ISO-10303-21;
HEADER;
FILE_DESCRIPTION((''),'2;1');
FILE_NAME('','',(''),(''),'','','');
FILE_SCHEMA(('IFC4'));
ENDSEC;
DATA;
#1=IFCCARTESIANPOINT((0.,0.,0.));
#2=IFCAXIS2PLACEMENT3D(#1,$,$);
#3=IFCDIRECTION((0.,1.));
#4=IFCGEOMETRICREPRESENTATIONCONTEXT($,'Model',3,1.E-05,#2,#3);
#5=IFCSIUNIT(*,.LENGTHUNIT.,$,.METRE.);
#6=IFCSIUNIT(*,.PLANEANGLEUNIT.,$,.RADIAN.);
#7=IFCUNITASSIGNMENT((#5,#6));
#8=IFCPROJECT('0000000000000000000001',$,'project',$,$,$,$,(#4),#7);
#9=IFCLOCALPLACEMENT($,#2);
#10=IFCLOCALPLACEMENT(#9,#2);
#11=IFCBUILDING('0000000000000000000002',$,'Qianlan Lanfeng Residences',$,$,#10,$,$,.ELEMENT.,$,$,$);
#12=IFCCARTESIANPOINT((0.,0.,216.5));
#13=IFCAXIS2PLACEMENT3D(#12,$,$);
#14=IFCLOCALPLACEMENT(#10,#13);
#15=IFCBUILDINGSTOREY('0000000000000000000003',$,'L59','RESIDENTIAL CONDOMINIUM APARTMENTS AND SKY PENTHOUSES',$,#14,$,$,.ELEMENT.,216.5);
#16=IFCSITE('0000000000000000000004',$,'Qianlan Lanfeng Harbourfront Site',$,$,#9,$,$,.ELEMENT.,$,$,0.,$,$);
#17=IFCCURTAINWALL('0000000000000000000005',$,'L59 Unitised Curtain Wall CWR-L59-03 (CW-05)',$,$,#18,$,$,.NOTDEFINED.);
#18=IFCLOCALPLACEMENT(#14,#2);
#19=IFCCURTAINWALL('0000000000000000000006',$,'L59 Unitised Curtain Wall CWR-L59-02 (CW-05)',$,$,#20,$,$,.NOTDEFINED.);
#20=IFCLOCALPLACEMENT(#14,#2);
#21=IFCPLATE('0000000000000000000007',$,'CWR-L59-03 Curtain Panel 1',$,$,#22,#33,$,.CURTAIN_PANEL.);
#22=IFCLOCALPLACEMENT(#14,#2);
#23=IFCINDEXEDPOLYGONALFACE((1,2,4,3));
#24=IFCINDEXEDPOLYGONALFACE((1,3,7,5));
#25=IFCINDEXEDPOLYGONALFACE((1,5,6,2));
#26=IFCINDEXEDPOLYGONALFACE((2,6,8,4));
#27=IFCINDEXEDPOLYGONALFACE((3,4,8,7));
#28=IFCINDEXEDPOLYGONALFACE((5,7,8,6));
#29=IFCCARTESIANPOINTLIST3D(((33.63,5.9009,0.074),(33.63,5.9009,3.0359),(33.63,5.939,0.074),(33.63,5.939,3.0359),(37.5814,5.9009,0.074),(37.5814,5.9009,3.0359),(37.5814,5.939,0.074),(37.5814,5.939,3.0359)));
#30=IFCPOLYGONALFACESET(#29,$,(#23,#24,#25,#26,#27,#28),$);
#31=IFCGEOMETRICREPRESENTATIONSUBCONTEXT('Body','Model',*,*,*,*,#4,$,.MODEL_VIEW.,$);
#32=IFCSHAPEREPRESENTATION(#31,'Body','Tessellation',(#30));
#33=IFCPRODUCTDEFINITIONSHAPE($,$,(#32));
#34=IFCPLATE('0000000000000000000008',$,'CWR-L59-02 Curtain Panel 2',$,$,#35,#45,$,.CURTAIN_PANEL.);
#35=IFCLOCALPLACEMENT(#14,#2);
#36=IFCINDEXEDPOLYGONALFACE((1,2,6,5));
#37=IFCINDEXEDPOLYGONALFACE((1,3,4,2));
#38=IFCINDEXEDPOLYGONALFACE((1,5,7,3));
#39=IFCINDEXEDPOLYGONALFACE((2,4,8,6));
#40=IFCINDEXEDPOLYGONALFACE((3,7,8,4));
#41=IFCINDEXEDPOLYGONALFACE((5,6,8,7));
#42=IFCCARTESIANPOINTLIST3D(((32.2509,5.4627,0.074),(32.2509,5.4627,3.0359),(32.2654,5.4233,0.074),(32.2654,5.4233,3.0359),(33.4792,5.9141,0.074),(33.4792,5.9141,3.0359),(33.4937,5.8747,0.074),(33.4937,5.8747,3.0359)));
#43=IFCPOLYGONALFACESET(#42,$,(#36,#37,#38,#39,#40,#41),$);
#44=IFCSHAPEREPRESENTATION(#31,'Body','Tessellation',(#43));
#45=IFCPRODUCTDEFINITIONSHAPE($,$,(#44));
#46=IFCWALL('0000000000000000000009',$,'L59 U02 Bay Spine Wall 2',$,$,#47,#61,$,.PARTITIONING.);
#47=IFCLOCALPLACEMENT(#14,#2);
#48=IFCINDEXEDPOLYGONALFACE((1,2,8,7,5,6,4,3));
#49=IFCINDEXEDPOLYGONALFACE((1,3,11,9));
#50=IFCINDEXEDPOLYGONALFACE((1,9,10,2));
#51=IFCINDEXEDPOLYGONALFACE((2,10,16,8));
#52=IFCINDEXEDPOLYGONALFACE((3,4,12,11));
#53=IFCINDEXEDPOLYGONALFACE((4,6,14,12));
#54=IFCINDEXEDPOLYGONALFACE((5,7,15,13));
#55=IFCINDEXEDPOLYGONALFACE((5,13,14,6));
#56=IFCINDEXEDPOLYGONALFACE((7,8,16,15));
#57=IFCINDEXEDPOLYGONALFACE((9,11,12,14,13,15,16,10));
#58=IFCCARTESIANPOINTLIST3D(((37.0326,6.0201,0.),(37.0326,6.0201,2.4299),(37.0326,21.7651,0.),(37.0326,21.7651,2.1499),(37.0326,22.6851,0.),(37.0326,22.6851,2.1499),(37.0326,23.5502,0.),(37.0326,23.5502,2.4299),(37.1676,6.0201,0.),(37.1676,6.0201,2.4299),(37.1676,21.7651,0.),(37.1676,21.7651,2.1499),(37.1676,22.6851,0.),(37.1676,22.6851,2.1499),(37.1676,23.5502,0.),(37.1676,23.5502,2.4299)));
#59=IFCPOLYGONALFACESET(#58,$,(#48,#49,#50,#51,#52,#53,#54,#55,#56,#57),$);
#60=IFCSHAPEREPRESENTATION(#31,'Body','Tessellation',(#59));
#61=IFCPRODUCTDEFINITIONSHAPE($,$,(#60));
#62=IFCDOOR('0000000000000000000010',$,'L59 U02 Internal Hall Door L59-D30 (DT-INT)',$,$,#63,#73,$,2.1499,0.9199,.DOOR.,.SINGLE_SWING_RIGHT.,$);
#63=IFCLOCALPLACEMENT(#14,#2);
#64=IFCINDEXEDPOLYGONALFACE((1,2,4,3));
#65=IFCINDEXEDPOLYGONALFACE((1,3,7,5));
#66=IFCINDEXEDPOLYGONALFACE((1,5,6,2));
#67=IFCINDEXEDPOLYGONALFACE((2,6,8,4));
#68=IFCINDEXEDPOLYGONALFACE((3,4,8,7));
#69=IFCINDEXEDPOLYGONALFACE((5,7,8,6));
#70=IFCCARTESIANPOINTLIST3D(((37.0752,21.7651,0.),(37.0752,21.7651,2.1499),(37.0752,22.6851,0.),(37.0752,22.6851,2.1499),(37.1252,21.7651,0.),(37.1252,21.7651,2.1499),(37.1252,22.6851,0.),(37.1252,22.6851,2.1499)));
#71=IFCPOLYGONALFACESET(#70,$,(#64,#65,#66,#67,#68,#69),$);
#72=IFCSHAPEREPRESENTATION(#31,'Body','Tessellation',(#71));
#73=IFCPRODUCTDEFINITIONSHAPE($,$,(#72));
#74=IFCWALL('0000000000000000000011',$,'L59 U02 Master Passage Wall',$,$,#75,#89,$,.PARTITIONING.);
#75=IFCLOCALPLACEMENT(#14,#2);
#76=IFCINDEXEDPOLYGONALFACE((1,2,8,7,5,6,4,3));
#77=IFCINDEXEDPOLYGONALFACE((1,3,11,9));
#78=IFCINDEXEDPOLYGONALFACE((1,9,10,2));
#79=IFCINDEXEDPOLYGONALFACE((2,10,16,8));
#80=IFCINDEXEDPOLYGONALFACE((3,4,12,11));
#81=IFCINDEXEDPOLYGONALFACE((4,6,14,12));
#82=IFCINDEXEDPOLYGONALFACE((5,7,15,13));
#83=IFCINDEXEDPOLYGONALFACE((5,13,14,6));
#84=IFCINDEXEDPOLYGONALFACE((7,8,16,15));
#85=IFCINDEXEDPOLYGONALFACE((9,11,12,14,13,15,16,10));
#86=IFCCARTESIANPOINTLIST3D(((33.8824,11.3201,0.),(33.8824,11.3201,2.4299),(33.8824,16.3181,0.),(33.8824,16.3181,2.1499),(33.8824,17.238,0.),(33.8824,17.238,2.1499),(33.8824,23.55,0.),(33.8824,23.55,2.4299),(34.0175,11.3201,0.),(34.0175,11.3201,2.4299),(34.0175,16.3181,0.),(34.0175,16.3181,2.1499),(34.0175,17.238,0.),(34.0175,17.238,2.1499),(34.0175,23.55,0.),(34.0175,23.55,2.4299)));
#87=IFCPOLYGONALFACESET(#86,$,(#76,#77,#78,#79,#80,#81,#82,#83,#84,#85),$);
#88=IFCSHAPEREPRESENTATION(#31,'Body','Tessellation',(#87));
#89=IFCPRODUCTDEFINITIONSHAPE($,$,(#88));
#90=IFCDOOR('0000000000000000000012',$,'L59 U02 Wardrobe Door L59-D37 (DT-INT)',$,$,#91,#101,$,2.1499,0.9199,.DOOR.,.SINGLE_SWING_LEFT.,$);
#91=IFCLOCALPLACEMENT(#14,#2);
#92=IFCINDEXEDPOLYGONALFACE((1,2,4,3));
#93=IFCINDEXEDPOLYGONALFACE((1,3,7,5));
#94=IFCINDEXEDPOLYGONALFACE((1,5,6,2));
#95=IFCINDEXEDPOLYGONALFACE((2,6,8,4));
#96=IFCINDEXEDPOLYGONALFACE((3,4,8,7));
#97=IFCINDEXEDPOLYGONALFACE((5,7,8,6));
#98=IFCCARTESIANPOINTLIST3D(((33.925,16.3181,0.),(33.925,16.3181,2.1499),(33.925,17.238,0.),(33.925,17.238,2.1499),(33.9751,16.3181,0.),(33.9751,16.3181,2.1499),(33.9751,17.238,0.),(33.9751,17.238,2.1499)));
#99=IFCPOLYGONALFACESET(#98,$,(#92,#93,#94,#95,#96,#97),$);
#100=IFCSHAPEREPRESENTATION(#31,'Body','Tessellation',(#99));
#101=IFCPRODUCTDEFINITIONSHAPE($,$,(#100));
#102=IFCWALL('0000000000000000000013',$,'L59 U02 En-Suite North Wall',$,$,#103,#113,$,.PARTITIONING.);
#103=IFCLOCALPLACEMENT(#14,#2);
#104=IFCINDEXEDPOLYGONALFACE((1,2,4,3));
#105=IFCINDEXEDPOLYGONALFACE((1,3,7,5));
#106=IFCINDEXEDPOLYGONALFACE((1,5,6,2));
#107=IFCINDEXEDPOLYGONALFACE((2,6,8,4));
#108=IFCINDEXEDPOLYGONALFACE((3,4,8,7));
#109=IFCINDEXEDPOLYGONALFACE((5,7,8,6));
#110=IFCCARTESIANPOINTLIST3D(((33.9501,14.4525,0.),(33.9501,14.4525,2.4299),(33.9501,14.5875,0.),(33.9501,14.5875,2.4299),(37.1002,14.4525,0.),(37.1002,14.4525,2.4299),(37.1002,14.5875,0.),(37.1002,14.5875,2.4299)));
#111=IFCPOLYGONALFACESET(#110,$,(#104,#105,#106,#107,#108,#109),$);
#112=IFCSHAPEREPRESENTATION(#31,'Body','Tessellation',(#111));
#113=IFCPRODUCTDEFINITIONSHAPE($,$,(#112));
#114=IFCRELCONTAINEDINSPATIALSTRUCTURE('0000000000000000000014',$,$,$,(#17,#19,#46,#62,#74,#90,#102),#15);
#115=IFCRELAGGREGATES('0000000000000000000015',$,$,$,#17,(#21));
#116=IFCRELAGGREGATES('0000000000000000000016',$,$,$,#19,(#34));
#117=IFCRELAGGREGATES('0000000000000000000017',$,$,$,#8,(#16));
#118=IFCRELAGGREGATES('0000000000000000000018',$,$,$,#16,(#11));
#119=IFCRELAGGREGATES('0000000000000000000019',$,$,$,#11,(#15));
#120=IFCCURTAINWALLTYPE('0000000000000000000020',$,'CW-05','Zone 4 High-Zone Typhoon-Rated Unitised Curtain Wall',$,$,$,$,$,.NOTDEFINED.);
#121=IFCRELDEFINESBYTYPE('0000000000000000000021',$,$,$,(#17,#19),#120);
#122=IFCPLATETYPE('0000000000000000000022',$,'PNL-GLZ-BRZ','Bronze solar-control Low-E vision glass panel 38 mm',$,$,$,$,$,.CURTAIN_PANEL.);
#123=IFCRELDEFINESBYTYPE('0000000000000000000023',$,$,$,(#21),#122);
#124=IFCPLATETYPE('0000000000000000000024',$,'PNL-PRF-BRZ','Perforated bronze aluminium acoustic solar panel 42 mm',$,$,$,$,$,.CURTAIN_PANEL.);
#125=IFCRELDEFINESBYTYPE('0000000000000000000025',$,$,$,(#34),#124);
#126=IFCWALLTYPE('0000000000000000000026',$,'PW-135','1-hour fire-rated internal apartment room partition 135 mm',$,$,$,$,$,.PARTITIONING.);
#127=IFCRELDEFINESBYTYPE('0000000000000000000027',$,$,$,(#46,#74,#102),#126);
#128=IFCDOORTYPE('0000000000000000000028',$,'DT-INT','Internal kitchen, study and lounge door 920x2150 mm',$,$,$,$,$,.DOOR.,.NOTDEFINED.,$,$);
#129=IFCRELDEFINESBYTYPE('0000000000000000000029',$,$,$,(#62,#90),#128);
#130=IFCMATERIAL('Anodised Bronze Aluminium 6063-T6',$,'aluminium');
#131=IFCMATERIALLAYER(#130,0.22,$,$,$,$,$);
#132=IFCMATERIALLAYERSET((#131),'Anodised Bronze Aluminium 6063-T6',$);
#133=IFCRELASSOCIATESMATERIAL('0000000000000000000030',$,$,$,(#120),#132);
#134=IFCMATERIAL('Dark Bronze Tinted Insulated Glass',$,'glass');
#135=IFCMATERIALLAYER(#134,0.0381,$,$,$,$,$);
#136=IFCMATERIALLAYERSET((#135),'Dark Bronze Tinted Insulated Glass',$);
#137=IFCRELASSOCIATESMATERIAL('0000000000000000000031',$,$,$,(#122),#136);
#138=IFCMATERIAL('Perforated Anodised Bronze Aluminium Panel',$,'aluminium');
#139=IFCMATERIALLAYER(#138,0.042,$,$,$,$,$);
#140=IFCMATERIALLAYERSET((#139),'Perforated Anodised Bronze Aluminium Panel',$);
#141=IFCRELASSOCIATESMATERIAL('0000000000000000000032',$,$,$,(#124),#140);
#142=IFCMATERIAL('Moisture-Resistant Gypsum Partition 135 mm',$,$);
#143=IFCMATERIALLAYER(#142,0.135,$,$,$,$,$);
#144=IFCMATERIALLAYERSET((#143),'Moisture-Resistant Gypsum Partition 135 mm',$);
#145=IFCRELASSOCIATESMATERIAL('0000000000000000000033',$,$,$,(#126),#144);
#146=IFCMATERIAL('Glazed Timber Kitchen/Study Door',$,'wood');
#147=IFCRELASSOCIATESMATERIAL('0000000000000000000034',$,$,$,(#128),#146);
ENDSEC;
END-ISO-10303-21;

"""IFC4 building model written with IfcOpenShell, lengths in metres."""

from ifc_helpers import new_model, si_unit, direction, frame, frame_2d, origin, origin_2d, place, context, subcontext, project, spatial, rectangle, extrude, source, transform, mapped, material, layer, layer_set, type_object, element, fill, aggregate, save


model = new_model("IFC4")

# Units and contexts
model_context = context("Model", 3, precision=1e-05, world=origin(), true_north=direction((0.0, 1.0)))
body_context = subcontext(model_context, "Body", "Model", "MODEL_VIEW")
ifc_project = project(units=[si_unit("LENGTHUNIT", "METRE"), si_unit("PLANEANGLEUNIT", "RADIAN")], contexts=[model_context])

# Site, building, storey
site_placement = place(None, origin())
site = spatial("IfcSite", under=ifc_project, at=site_placement, Name="Qianlan Lanfeng Harbourfront Site", CompositionType="ELEMENT", RefElevation=0.0)
building_placement = place(site_placement, origin())
building = spatial("IfcBuilding", under=site, at=building_placement, Name="Qianlan Lanfeng Residences", CompositionType="ELEMENT")
storey_placement = place(building_placement, frame((0.0, 0.0, 216.5)))
storey = spatial("IfcBuildingStorey", under=building, at=storey_placement, Name="L59", Description="RESIDENTIAL CONDOMINIUM APARTMENTS AND SKY PENTHOUSES", CompositionType="ELEMENT", Elevation=216.5)

# Curtain wall
ifc_material_1 = material(Name="Anodised Bronze Aluminium 6063-T6", Category="aluminium")
ifc_layer_1 = layer(ifc_material_1, 0.22)
ifc_layer_set_1 = layer_set([ifc_layer_1], Name="Anodised Bronze Aluminium 6063-T6")
curtain_wall_type = type_object("IfcCurtainWallType", Name="CW-05", Description="Zone 4 High-Zone Typhoon-Rated Unitised Curtain Wall", PredefinedType="NOTDEFINED", material=ifc_layer_set_1)
curtain_wall_1_placement = place(storey_placement, origin())
curtain_wall_1 = element("IfcCurtainWall", 1, at=curtain_wall_1_placement, inside=storey, type_object=curtain_wall_type, Name="L59 Unitised Curtain Wall CWR-L59-03 (CW-05)", PredefinedType="NOTDEFINED")

# Curtain wall
curtain_wall_2_placement = place(storey_placement, origin())
curtain_wall_2 = element("IfcCurtainWall", 2, at=curtain_wall_2_placement, inside=storey, type_object=curtain_wall_type, Name="L59 Unitised Curtain Wall CWR-L59-02 (CW-05)", PredefinedType="NOTDEFINED")

# Plates
ifc_material_2 = material(Name="Dark Bronze Tinted Insulated Glass", Category="glass")
ifc_layer_2 = layer(ifc_material_2, 0.0381)
ifc_layer_set_2 = layer_set([ifc_layer_2], Name="Dark Bronze Tinted Insulated Glass")
plate_type_1 = type_object("IfcPlateType", Name="PNL-GLZ-BRZ", Description="Bronze solar-control Low-E vision glass panel 38 mm", PredefinedType="CURTAIN_PANEL", material=ifc_layer_set_2)
shared_shape_1 = source(origin(), body_context, "Body", "SweptSolid", [
    extrude(rectangle(XDim=3.9514, YDim=0.0381, at=origin_2d()), origin(), (0.0, 0.0, 1.0), 2.9619),
])
plate_1_placement = place(storey_placement, frame((35.6057, 5.9199, 0.074), z_axis=(0.0, 0.0, 1.0), x_axis=(1.0, 0.0, 0.0)))
plate_1 = element("IfcPlate", 3, at=plate_1_placement, type_object=plate_type_1, Name="CWR-L59-03 Curtain Panel 1", PredefinedType="CURTAIN_PANEL", context=body_context, shape_type="MappedRepresentation", body=[
    mapped(shared_shape_1, transform((0.0, 0.0, 0.0), scale=1.0)),
])
aggregate(curtain_wall_1, [plate_1])
ifc_material_3 = material(Name="Perforated Anodised Bronze Aluminium Panel", Category="aluminium")
ifc_layer_3 = layer(ifc_material_3, 0.042)
ifc_layer_set_3 = layer_set([ifc_layer_3], Name="Perforated Anodised Bronze Aluminium Panel")
plate_type_2 = type_object("IfcPlateType", Name="PNL-PRF-BRZ", Description="Perforated bronze aluminium acoustic solar panel 42 mm", PredefinedType="CURTAIN_PANEL", material=ifc_layer_set_3)
shared_shape_2 = source(origin(), body_context, "Body", "SweptSolid", [
    extrude(rectangle(XDim=1.3086, YDim=0.042, at=origin_2d()), origin(), (0.0, 0.0, 1.0), 2.9619),
])
plate_2_placement = place(storey_placement, frame((32.8723, 5.6687, 0.074), z_axis=(0.0, 0.0, 1.0), x_axis=(0.938626, 0.344938, 0.0)))
plate_2 = element("IfcPlate", 4, at=plate_2_placement, type_object=plate_type_2, Name="CWR-L59-02 Curtain Panel 2", PredefinedType="CURTAIN_PANEL", context=body_context, shape_type="MappedRepresentation", body=[
    mapped(shared_shape_2, transform((0.0, 0.0, 0.0), scale=1.0)),
])
aggregate(curtain_wall_2, [plate_2])

# Walls, openings, doors
ifc_material_4 = material(Name="Moisture-Resistant Gypsum Partition 135 mm")
ifc_layer_4 = layer(ifc_material_4, 0.135)
ifc_layer_set_4 = layer_set([ifc_layer_4], Name="Moisture-Resistant Gypsum Partition 135 mm")
wall_type = type_object("IfcWallType", Name="PW-135", Description="1-hour fire-rated internal apartment room partition 135 mm", PredefinedType="PARTITIONING", material=ifc_layer_set_4)
wall_1_placement = place(storey_placement, frame((37.1001, 6.02, 0.0), z_axis=(0.0, 0.0, 1.0), x_axis=(0.0, 1.0, 0.0)))
wall_1 = element("IfcWall", 5, at=wall_1_placement, inside=storey, type_object=wall_type, Name="L59 U02 Bay Spine Wall 2", PredefinedType="PARTITIONING", context=body_context, shape_type="SweptSolid", body=[
    extrude(rectangle(XDim=17.53, YDim=0.135, at=frame_2d((8.7651, 0.0))), origin(), (0.0, 0.0, 1.0), 2.4299),
])
opening_1_placement = place(wall_1_placement, frame((15.7451, 0.0, 0.0)))
opening_1 = element("IfcOpeningElement", 6, at=opening_1_placement, cuts=wall_1, PredefinedType="OPENING", context=body_context, shape_type="SweptSolid", body=[
    extrude(rectangle(XDim=0.9199, YDim=2.1499, at=frame_2d((0.46, 1.075))), frame((0.0, 0.0776, 0.0), z_axis=(0.0, -1.0, 0.0), x_axis=(1.0, 0.0, 0.0)), (0.0, 0.0, 1.0), 0.155),
])
ifc_material_5 = material(Name="Glazed Timber Kitchen/Study Door", Category="wood")
door_type_1 = type_object("IfcDoorType", Name="DT-INT", Description="Internal kitchen, study and lounge door 920x2150 mm", OperationType="NOTDEFINED", PredefinedType="DOOR", material=ifc_material_5)
door_1_placement = place(opening_1_placement, origin())
door_1 = element("IfcDoor", 7, at=door_1_placement, inside=storey, type_object=door_type_1, Name="L59 U02 Internal Hall Door L59-D30 (DT-INT)", OperationType="SINGLE_SWING_RIGHT", OverallHeight=2.1499, OverallWidth=0.9199, PredefinedType="DOOR", context=body_context, shape_type="SweptSolid", body=[
    extrude(rectangle(XDim=0.9199, YDim=2.1499, at=frame_2d((0.46, 1.075))), frame((0.0, 0.0249, 0.0), z_axis=(0.0, -1.0, 0.0), x_axis=(1.0, 0.0, 0.0)), (0.0, 0.0, 1.0), 0.05),
])
fill(opening_1, door_1)
wall_2_placement = place(storey_placement, frame((33.95, 11.3201, 0.0), z_axis=(0.0, 0.0, 1.0), x_axis=(0.0, 1.0, 0.0)))
wall_2 = element("IfcWall", 8, at=wall_2_placement, inside=storey, type_object=wall_type, Name="L59 U02 Master Passage Wall", PredefinedType="PARTITIONING", context=body_context, shape_type="SweptSolid", body=[
    extrude(rectangle(XDim=12.23, YDim=0.135, at=frame_2d((6.115, 0.0))), origin(), (0.0, 0.0, 1.0), 2.4299),
])
opening_2_placement = place(wall_2_placement, frame((4.998, 0.0, 0.0)))
opening_2 = element("IfcOpeningElement", 9, at=opening_2_placement, cuts=wall_2, PredefinedType="OPENING", context=body_context, shape_type="SweptSolid", body=[
    extrude(rectangle(XDim=0.9199, YDim=2.1499, at=frame_2d((0.46, 1.075))), frame((0.0, 0.0776, 0.0), z_axis=(0.0, -1.0, 0.0), x_axis=(1.0, 0.0, 0.0)), (0.0, 0.0, 1.0), 0.155),
])
door_2_placement = place(opening_2_placement, origin())
door_2 = element("IfcDoor", 10, at=door_2_placement, inside=storey, type_object=door_type_1, Name="L59 U02 Wardrobe Door L59-D37 (DT-INT)", OperationType="SINGLE_SWING_LEFT", OverallHeight=2.1499, OverallWidth=0.9199, PredefinedType="DOOR", context=body_context, shape_type="SweptSolid", body=[
    extrude(rectangle(XDim=0.9199, YDim=2.1499, at=frame_2d((0.46, 1.075))), frame((0.0, 0.0249, 0.0), z_axis=(0.0, -1.0, 0.0), x_axis=(1.0, 0.0, 0.0)), (0.0, 0.0, 1.0), 0.05),
])
fill(opening_2, door_2)

# Wall
wall_3_placement = place(storey_placement, frame((33.95, 14.52, 0.0), z_axis=(0.0, 0.0, 1.0), x_axis=(1.0, 0.0, 0.0)))
element("IfcWall", 11, at=wall_3_placement, inside=storey, type_object=wall_type, Name="L59 U02 En-Suite North Wall", PredefinedType="PARTITIONING", context=body_context, shape_type="SweptSolid", body=[
    extrude(rectangle(XDim=3.1501, YDim=0.135, at=frame_2d((1.5752, 0.0))), origin(), (0.0, 0.0, 1.0), 2.4299),
])

save(model, "model.ifc")
